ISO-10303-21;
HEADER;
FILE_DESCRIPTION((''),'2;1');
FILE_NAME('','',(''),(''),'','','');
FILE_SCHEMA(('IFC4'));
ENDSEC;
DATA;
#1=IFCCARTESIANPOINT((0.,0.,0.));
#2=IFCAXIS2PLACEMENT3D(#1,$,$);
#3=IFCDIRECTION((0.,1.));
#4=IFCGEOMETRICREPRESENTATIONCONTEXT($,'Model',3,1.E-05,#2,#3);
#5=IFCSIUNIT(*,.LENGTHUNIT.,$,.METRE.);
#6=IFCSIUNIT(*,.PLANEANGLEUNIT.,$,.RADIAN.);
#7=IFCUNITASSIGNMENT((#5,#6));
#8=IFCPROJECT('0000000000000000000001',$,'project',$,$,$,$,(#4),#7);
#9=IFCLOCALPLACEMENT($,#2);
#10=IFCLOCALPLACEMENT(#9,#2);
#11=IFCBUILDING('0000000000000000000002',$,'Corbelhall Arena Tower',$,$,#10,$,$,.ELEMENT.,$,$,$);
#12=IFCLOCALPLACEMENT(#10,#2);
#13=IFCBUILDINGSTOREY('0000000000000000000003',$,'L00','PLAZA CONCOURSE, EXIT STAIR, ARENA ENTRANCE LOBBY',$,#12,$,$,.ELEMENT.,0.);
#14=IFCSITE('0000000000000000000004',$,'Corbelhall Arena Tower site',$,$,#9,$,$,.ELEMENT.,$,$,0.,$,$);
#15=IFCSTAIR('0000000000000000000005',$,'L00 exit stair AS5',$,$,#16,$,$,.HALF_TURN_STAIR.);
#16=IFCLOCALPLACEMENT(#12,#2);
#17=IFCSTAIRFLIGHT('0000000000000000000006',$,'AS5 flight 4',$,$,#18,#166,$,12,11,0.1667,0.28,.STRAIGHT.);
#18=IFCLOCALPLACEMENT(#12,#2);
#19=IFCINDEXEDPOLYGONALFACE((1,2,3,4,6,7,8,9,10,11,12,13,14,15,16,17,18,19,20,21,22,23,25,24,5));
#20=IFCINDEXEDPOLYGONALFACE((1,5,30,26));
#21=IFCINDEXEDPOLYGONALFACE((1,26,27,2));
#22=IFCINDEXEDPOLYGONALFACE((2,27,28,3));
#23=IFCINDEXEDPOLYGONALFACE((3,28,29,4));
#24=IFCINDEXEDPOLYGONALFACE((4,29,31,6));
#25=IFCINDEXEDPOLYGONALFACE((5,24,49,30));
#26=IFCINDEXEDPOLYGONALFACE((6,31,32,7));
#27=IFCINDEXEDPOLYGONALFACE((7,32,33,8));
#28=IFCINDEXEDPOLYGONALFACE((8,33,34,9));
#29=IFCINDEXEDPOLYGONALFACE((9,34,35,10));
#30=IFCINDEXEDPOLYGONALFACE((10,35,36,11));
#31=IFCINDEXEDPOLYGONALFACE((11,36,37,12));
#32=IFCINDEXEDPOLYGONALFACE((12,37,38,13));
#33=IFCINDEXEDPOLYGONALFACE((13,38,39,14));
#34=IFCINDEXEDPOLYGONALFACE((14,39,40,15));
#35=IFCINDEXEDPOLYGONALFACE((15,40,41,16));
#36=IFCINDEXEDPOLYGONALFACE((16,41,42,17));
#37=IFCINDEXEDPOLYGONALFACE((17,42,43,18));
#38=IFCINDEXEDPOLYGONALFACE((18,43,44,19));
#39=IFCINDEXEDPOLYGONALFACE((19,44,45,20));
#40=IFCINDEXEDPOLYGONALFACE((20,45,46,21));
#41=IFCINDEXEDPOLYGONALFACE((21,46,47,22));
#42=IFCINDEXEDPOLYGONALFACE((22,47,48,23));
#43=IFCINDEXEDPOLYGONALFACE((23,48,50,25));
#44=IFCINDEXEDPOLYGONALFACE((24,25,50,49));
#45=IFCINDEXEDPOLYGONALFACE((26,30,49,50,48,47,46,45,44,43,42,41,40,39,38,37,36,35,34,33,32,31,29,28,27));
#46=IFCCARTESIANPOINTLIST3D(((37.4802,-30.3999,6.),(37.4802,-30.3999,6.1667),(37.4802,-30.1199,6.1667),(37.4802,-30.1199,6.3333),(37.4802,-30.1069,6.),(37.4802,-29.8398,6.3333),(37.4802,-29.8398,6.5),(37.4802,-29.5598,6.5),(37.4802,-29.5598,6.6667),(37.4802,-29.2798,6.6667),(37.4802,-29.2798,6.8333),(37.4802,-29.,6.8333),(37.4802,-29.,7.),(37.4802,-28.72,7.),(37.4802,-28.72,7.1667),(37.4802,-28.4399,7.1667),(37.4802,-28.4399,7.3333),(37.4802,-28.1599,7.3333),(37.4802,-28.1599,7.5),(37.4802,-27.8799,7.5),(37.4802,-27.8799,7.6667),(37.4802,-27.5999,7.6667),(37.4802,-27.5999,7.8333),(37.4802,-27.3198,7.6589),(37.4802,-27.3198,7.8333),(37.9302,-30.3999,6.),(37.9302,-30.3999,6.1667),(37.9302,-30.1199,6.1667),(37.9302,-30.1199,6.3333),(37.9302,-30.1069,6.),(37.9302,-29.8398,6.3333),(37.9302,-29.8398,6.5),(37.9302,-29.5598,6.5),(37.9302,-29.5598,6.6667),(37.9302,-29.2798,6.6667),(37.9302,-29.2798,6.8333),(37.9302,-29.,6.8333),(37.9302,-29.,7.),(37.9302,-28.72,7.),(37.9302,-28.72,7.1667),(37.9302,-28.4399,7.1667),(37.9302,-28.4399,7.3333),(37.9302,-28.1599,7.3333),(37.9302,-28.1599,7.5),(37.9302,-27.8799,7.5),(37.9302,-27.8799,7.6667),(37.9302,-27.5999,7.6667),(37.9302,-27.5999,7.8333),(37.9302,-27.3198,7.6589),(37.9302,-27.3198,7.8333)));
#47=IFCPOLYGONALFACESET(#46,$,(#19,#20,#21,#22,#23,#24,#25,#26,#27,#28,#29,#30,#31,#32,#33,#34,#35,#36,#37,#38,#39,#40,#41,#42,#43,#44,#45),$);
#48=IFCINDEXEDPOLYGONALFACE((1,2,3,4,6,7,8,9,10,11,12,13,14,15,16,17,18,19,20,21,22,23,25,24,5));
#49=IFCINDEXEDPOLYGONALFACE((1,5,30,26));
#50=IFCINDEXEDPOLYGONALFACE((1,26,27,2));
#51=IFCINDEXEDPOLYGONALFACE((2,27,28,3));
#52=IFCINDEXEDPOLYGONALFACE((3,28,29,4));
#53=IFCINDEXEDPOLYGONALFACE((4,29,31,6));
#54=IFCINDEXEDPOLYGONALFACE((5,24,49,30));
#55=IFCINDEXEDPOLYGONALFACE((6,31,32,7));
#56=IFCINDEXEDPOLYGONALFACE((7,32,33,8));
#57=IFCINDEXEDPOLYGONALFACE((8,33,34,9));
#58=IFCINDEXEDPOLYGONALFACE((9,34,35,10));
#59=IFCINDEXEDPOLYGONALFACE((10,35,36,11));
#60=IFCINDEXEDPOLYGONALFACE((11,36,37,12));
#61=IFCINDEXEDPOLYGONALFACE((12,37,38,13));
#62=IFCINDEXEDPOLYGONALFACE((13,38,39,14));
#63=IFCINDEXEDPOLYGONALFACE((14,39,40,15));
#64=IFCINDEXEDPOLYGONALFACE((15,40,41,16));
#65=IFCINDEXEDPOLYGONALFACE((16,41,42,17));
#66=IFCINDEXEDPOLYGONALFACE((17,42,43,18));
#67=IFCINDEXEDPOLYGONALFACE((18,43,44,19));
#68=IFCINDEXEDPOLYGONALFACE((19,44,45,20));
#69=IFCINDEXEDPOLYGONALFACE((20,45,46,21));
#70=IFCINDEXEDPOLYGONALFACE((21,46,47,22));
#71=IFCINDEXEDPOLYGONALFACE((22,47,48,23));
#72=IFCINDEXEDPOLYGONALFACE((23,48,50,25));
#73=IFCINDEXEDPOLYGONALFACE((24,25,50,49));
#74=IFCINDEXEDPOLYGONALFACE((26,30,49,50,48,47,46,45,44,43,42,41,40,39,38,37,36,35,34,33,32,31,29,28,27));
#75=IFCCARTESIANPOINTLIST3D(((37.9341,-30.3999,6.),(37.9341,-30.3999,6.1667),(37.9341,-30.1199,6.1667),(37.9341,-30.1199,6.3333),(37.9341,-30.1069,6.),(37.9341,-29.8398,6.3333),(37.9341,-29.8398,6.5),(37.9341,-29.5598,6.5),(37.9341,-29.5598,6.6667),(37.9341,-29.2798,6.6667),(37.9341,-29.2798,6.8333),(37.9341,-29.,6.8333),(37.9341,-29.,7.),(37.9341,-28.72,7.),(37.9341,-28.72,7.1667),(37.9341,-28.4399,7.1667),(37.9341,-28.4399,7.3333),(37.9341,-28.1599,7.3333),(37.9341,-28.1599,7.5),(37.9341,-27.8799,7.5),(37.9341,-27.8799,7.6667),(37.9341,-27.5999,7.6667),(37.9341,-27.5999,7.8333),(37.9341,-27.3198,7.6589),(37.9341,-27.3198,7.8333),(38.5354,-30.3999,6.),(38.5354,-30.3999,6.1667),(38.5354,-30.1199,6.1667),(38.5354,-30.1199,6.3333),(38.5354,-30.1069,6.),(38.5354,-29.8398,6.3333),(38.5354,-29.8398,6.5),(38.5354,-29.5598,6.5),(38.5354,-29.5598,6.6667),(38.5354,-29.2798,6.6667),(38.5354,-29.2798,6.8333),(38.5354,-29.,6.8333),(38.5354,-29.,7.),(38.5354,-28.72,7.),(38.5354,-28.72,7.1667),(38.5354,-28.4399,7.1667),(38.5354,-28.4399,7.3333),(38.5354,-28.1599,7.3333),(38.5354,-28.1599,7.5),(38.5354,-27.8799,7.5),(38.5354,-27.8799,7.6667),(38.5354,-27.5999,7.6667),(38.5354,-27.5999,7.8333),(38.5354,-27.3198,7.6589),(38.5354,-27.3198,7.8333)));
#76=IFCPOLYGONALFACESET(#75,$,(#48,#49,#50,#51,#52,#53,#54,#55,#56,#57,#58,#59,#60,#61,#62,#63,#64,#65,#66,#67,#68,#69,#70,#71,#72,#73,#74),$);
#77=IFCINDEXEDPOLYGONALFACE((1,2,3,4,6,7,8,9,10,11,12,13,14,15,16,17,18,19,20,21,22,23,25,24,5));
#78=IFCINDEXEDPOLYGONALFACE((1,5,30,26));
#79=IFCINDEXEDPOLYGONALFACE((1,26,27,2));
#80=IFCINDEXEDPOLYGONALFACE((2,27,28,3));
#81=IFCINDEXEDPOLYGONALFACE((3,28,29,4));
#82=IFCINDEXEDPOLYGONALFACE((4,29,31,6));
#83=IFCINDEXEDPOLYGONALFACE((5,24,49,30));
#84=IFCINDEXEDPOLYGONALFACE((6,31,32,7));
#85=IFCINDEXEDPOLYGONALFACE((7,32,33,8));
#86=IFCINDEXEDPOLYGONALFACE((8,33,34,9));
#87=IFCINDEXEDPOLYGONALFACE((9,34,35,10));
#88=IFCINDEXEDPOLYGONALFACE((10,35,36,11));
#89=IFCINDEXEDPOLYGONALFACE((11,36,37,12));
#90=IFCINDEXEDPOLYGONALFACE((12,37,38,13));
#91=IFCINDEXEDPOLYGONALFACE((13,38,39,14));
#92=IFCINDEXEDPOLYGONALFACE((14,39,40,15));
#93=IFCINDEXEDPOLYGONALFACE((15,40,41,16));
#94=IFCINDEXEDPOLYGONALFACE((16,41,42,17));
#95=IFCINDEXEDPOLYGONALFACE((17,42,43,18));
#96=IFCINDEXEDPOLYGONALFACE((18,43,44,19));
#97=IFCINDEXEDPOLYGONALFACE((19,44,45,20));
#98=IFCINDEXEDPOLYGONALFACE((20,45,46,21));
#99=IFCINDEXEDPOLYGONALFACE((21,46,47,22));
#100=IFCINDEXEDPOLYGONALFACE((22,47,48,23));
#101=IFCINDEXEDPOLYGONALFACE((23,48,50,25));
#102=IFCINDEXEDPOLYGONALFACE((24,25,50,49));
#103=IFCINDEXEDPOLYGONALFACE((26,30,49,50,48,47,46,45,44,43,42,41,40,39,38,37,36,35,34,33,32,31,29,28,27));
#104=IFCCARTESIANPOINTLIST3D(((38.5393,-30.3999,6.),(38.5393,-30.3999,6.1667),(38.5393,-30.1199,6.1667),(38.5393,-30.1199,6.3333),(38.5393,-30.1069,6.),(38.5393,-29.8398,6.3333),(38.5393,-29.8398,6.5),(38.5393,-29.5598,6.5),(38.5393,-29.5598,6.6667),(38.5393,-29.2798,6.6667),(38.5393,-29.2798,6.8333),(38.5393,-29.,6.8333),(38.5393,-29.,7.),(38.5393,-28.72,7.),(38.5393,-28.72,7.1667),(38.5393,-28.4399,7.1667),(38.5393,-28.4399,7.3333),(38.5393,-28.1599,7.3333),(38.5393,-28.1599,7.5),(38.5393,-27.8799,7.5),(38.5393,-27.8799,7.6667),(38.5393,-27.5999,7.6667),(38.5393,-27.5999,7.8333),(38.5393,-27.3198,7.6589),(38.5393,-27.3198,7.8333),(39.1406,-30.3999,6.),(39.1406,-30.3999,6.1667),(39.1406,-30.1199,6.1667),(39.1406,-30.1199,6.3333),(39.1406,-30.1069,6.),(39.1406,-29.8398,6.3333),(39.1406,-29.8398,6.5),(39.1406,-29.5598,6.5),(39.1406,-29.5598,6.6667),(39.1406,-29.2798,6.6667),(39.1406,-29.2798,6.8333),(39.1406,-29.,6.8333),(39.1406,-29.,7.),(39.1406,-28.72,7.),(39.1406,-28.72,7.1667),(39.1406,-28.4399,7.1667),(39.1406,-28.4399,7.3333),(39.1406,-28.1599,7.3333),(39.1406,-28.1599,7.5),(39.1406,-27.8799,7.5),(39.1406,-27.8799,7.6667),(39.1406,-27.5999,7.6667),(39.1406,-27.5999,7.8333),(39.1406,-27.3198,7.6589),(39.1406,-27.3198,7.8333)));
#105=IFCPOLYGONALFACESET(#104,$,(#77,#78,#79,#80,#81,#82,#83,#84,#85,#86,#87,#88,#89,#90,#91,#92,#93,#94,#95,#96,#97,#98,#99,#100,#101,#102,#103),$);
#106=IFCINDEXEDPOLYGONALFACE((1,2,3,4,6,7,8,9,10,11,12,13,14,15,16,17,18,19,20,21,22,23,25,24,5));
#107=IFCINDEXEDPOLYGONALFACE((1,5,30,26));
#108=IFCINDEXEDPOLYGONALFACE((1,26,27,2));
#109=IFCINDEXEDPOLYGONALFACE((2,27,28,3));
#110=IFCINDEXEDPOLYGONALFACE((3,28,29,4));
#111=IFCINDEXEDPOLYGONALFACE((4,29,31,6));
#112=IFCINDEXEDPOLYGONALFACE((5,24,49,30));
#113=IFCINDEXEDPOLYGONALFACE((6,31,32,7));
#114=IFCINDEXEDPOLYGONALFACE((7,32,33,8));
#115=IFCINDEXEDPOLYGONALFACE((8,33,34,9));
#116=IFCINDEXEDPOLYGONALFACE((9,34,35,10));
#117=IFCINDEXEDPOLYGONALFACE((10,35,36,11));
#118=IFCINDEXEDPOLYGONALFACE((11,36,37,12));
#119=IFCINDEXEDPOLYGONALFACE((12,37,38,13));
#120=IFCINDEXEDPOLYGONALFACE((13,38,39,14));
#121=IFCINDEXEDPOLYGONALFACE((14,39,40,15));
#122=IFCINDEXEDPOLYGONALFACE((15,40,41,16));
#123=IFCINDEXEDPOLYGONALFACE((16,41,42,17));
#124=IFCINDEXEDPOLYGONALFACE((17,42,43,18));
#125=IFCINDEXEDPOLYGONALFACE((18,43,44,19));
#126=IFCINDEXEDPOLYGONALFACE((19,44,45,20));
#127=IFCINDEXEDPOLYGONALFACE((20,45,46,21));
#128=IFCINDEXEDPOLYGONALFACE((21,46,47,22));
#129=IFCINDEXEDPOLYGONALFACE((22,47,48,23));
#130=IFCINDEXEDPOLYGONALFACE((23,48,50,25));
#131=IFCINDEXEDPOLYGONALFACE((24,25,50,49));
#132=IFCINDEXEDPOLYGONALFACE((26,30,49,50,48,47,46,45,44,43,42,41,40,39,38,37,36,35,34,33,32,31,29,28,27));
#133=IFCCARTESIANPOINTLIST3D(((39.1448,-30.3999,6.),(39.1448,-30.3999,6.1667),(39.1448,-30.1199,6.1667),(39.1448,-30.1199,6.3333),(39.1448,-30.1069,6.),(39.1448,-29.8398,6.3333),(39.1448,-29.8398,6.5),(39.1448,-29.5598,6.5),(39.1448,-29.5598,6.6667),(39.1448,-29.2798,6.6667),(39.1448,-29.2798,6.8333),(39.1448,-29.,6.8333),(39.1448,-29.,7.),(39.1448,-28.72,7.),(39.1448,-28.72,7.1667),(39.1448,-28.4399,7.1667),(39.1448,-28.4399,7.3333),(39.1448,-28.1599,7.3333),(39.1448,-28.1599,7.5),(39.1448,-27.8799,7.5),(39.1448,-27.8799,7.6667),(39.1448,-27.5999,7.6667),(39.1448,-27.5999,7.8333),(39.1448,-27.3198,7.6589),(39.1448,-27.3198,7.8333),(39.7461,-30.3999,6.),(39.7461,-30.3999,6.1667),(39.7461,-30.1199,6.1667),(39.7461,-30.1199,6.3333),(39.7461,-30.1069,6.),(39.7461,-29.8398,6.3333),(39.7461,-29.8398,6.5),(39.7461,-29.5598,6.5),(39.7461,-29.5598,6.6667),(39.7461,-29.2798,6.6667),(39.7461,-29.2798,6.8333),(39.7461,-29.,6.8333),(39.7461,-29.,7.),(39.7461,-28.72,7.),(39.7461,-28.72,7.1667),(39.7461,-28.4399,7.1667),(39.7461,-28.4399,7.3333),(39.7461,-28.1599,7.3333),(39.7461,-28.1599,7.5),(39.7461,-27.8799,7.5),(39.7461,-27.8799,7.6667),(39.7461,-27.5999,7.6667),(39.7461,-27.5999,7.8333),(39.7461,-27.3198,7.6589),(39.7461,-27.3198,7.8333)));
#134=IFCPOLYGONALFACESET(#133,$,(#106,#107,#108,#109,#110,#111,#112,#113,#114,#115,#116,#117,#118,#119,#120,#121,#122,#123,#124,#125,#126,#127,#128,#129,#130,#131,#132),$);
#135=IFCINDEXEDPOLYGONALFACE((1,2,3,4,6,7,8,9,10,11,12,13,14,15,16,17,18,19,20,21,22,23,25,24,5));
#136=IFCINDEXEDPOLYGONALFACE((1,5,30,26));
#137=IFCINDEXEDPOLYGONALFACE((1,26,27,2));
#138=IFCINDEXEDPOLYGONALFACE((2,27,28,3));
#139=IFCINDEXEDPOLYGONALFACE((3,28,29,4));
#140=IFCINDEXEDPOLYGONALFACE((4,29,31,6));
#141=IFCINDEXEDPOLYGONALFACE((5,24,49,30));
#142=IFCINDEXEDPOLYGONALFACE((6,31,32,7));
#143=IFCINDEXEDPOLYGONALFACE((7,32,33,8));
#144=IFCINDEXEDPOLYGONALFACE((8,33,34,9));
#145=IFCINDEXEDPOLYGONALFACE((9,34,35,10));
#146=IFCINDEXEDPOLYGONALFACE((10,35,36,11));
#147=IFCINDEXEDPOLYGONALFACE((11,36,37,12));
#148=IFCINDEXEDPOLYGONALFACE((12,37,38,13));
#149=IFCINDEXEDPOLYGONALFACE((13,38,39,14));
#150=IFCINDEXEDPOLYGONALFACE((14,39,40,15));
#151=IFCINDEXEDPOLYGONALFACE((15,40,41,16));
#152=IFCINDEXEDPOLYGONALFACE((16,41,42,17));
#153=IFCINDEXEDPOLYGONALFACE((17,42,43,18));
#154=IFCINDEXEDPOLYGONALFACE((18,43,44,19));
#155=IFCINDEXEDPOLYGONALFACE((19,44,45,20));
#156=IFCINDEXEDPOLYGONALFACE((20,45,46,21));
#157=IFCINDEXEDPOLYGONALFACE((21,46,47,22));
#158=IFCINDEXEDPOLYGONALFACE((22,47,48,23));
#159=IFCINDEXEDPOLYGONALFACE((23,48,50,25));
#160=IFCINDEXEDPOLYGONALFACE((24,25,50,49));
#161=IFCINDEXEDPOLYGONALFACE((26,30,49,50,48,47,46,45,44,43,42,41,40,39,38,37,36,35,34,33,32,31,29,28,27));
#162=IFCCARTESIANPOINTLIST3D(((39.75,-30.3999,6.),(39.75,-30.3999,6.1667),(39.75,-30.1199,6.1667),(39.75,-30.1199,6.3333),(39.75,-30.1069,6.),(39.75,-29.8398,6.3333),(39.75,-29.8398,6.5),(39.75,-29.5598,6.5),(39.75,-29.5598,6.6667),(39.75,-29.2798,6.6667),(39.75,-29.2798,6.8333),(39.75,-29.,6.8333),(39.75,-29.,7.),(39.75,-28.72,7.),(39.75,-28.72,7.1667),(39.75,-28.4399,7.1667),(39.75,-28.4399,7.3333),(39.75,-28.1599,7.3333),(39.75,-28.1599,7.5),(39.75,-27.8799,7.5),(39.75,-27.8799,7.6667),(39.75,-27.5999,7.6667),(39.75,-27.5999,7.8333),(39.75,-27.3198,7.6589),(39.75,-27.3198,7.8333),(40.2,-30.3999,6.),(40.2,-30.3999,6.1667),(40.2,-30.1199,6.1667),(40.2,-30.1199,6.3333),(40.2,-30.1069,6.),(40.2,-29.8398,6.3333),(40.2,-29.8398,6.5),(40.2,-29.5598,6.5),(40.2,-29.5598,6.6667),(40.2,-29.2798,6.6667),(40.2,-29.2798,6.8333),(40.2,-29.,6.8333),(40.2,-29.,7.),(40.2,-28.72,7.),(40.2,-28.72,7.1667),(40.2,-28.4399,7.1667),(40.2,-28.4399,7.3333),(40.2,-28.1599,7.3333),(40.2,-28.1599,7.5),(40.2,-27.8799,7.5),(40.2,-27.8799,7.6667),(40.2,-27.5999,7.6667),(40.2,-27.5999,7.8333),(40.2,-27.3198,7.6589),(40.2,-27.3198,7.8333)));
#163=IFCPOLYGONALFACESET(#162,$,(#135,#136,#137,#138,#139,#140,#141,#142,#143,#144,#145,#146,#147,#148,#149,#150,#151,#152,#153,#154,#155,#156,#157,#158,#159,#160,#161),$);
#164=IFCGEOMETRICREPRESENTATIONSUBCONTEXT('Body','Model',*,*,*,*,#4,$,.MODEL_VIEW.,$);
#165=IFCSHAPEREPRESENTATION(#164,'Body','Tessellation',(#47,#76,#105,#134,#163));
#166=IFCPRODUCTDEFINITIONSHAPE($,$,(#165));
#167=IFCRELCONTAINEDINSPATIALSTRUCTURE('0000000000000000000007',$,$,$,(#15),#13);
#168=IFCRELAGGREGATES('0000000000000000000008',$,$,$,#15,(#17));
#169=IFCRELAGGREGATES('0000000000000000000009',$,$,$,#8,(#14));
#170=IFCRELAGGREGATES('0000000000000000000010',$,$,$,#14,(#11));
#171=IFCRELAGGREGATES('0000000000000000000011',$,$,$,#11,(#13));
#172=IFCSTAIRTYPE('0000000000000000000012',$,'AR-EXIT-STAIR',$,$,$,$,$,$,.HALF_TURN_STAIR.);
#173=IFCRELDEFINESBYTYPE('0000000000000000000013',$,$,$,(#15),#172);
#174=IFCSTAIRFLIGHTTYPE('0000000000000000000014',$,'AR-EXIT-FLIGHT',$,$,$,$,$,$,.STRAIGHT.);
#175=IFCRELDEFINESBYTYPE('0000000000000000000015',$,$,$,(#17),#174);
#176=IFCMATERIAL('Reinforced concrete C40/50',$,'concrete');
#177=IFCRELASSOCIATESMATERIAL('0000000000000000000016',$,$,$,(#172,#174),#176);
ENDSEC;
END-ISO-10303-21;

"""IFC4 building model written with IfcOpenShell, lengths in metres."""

from ifc_helpers import new_model, si_unit, direction, frame, origin, place, context, subcontext, project, spatial, polyline, outline, extrude, material, type_object, element, aggregate, save


model = new_model("IFC4")

# Units and contexts
model_context = context("Model", 3, precision=1e-05, world=origin(), true_north=direction((0.0, 1.0)))
body_context = subcontext(model_context, "Body", "Model", "MODEL_VIEW")
ifc_project = project(units=[si_unit("LENGTHUNIT", "METRE"), si_unit("PLANEANGLEUNIT", "RADIAN")], contexts=[model_context])

# Site, building, storey
site_placement = place(None, origin())
site = spatial("IfcSite", under=ifc_project, at=site_placement, Name="Corbelhall Arena Tower site", CompositionType="ELEMENT", RefElevation=0.0)
building_placement = place(site_placement, origin())
building = spatial("IfcBuilding", under=site, at=building_placement, Name="Corbelhall Arena Tower", CompositionType="ELEMENT")
storey_placement = place(building_placement, origin())
storey = spatial("IfcBuildingStorey", under=building, at=storey_placement, Name="L00", Description="PLAZA CONCOURSE, EXIT STAIR, ARENA ENTRANCE LOBBY", CompositionType="ELEMENT", Elevation=0.0)

# Shared definitions
ifc_material_1 = material(Name="Reinforced concrete C40/50", Category="concrete")

# Stair, stair flight
stair_type = type_object("IfcStairType", Name="AR-EXIT-STAIR", PredefinedType="HALF_TURN_STAIR", material=ifc_material_1)
stair_1_placement = place(storey_placement, origin())
stair_1 = element("IfcStair", 1, at=stair_1_placement, inside=storey, type_object=stair_type, Name="L00 exit stair AS5", PredefinedType="HALF_TURN_STAIR")
stair_flight_type = type_object("IfcStairFlightType", Name="AR-EXIT-FLIGHT", PredefinedType="STRAIGHT", material=ifc_material_1)
stair_flight_1_placement = place(storey_placement, frame((38.8401, -30.3999, 6.0), z_axis=(0.0, 0.0, 1.0), x_axis=(0.0, 1.0, 0.0)))
stair_flight_1 = element("IfcStairFlight", 2, at=stair_flight_1_placement, type_object=stair_flight_type, Name="AS5 flight 4", NumberOfRisers=12, NumberOfTreads=11, PredefinedType="STRAIGHT", RiserHeight=0.1667, TreadLength=0.28, context=body_context, shape_type="SweptSolid", body=[
    extrude(outline(polyline([(0.0, 0.0), (0.0, 0.1667), (0.28, 0.1667), (0.28, 0.3333), (0.5601, 0.3333), (0.5601, 0.5), (0.8401, 0.5), (0.8401, 0.6667), (1.1201, 0.6667), (1.1201, 0.8333), (1.3999, 0.8333), (1.3999, 1.0), (1.6799, 1.0), (1.6799, 1.1667), (1.96, 1.1667), (1.96, 1.3333), (2.24, 1.3333), (2.24, 1.5), (2.52, 1.5), (2.52, 1.6667), (2.8, 1.6667), (2.8, 1.8333), (3.0801, 1.8333), (3.0801, 2.0), (3.0801, 1.6589), (0.293, 0.0), (0.0, 0.0)])), frame((0.0, 1.3599, 0.0), z_axis=(0.0, -1.0, 0.0), x_axis=(1.0, 0.0, 0.0)), (0.0, 0.0, 1.0), 0.45),
    extrude(outline(polyline([(0.0, 0.0), (0.0, 0.1667), (0.28, 0.1667), (0.28, 0.3333), (0.5601, 0.3333), (0.5601, 0.5), (0.8401, 0.5), (0.8401, 0.6667), (1.1201, 0.6667), (1.1201, 0.8333), (1.3999, 0.8333), (1.3999, 1.0), (1.6799, 1.0), (1.6799, 1.1667), (1.96, 1.1667), (1.96, 1.3333), (2.24, 1.3333), (2.24, 1.5), (2.52, 1.5), (2.52, 1.6667), (2.8, 1.6667), (2.8, 1.8333), (3.0801, 1.8333), (3.0801, 2.0), (3.0801, 1.6589), (0.293, 0.0), (0.0, 0.0)])), frame((0.0, 0.906, 0.0), z_axis=(0.0, -1.0, 0.0), x_axis=(1.0, 0.0, 0.0)), (0.0, 0.0, 1.0), 0.6013),
    extrude(outline(polyline([(0.0, 0.0), (0.0, 0.1667), (0.28, 0.1667), (0.28, 0.3333), (0.5601, 0.3333), (0.5601, 0.5), (0.8401, 0.5), (0.8401, 0.6667), (1.1201, 0.6667), (1.1201, 0.8333), (1.3999, 0.8333), (1.3999, 1.0), (1.6799, 1.0), (1.6799, 1.1667), (1.96, 1.1667), (1.96, 1.3333), (2.24, 1.3333), (2.24, 1.5), (2.52, 1.5), (2.52, 1.6667), (2.8, 1.6667), (2.8, 1.8333), (3.0801, 1.8333), (3.0801, 2.0), (3.0801, 1.6589), (0.293, 0.0), (0.0, 0.0)])), frame((0.0, 0.3008, 0.0), z_axis=(0.0, -1.0, 0.0), x_axis=(1.0, 0.0, 0.0)), (0.0, 0.0, 1.0), 0.6013),
    extrude(outline(polyline([(0.0, 0.0), (0.0, 0.1667), (0.28, 0.1667), (0.28, 0.3333), (0.5601, 0.3333), (0.5601, 0.5), (0.8401, 0.5), (0.8401, 0.6667), (1.1201, 0.6667), (1.1201, 0.8333), (1.3999, 0.8333), (1.3999, 1.0), (1.6799, 1.0), (1.6799, 1.1667), (1.96, 1.1667), (1.96, 1.3333), (2.24, 1.3333), (2.24, 1.5), (2.52, 1.5), (2.52, 1.6667), (2.8, 1.6667), (2.8, 1.8333), (3.0801, 1.8333), (3.0801, 2.0), (3.0801, 1.6589), (0.293, 0.0), (0.0, 0.0)])), frame((0.0, -0.3047, 0.0), z_axis=(0.0, -1.0, 0.0), x_axis=(1.0, 0.0, 0.0)), (0.0, 0.0, 1.0), 0.6013),
    extrude(outline(polyline([(0.0, 0.0), (0.0, 0.1667), (0.28, 0.1667), (0.28, 0.3333), (0.5601, 0.3333), (0.5601, 0.5), (0.8401, 0.5), (0.8401, 0.6667), (1.1201, 0.6667), (1.1201, 0.8333), (1.3999, 0.8333), (1.3999, 1.0), (1.6799, 1.0), (1.6799, 1.1667), (1.96, 1.1667), (1.96, 1.3333), (2.24, 1.3333), (2.24, 1.5), (2.52, 1.5), (2.52, 1.6667), (2.8, 1.6667), (2.8, 1.8333), (3.0801, 1.8333), (3.0801, 2.0), (3.0801, 1.6589), (0.293, 0.0), (0.0, 0.0)])), frame((0.0, -0.9099, 0.0), z_axis=(0.0, -1.0, 0.0), x_axis=(1.0, 0.0, 0.0)), (0.0, 0.0, 1.0), 0.45),
])
aggregate(stair_1, [stair_flight_1])

save(model, "model.ifc")
